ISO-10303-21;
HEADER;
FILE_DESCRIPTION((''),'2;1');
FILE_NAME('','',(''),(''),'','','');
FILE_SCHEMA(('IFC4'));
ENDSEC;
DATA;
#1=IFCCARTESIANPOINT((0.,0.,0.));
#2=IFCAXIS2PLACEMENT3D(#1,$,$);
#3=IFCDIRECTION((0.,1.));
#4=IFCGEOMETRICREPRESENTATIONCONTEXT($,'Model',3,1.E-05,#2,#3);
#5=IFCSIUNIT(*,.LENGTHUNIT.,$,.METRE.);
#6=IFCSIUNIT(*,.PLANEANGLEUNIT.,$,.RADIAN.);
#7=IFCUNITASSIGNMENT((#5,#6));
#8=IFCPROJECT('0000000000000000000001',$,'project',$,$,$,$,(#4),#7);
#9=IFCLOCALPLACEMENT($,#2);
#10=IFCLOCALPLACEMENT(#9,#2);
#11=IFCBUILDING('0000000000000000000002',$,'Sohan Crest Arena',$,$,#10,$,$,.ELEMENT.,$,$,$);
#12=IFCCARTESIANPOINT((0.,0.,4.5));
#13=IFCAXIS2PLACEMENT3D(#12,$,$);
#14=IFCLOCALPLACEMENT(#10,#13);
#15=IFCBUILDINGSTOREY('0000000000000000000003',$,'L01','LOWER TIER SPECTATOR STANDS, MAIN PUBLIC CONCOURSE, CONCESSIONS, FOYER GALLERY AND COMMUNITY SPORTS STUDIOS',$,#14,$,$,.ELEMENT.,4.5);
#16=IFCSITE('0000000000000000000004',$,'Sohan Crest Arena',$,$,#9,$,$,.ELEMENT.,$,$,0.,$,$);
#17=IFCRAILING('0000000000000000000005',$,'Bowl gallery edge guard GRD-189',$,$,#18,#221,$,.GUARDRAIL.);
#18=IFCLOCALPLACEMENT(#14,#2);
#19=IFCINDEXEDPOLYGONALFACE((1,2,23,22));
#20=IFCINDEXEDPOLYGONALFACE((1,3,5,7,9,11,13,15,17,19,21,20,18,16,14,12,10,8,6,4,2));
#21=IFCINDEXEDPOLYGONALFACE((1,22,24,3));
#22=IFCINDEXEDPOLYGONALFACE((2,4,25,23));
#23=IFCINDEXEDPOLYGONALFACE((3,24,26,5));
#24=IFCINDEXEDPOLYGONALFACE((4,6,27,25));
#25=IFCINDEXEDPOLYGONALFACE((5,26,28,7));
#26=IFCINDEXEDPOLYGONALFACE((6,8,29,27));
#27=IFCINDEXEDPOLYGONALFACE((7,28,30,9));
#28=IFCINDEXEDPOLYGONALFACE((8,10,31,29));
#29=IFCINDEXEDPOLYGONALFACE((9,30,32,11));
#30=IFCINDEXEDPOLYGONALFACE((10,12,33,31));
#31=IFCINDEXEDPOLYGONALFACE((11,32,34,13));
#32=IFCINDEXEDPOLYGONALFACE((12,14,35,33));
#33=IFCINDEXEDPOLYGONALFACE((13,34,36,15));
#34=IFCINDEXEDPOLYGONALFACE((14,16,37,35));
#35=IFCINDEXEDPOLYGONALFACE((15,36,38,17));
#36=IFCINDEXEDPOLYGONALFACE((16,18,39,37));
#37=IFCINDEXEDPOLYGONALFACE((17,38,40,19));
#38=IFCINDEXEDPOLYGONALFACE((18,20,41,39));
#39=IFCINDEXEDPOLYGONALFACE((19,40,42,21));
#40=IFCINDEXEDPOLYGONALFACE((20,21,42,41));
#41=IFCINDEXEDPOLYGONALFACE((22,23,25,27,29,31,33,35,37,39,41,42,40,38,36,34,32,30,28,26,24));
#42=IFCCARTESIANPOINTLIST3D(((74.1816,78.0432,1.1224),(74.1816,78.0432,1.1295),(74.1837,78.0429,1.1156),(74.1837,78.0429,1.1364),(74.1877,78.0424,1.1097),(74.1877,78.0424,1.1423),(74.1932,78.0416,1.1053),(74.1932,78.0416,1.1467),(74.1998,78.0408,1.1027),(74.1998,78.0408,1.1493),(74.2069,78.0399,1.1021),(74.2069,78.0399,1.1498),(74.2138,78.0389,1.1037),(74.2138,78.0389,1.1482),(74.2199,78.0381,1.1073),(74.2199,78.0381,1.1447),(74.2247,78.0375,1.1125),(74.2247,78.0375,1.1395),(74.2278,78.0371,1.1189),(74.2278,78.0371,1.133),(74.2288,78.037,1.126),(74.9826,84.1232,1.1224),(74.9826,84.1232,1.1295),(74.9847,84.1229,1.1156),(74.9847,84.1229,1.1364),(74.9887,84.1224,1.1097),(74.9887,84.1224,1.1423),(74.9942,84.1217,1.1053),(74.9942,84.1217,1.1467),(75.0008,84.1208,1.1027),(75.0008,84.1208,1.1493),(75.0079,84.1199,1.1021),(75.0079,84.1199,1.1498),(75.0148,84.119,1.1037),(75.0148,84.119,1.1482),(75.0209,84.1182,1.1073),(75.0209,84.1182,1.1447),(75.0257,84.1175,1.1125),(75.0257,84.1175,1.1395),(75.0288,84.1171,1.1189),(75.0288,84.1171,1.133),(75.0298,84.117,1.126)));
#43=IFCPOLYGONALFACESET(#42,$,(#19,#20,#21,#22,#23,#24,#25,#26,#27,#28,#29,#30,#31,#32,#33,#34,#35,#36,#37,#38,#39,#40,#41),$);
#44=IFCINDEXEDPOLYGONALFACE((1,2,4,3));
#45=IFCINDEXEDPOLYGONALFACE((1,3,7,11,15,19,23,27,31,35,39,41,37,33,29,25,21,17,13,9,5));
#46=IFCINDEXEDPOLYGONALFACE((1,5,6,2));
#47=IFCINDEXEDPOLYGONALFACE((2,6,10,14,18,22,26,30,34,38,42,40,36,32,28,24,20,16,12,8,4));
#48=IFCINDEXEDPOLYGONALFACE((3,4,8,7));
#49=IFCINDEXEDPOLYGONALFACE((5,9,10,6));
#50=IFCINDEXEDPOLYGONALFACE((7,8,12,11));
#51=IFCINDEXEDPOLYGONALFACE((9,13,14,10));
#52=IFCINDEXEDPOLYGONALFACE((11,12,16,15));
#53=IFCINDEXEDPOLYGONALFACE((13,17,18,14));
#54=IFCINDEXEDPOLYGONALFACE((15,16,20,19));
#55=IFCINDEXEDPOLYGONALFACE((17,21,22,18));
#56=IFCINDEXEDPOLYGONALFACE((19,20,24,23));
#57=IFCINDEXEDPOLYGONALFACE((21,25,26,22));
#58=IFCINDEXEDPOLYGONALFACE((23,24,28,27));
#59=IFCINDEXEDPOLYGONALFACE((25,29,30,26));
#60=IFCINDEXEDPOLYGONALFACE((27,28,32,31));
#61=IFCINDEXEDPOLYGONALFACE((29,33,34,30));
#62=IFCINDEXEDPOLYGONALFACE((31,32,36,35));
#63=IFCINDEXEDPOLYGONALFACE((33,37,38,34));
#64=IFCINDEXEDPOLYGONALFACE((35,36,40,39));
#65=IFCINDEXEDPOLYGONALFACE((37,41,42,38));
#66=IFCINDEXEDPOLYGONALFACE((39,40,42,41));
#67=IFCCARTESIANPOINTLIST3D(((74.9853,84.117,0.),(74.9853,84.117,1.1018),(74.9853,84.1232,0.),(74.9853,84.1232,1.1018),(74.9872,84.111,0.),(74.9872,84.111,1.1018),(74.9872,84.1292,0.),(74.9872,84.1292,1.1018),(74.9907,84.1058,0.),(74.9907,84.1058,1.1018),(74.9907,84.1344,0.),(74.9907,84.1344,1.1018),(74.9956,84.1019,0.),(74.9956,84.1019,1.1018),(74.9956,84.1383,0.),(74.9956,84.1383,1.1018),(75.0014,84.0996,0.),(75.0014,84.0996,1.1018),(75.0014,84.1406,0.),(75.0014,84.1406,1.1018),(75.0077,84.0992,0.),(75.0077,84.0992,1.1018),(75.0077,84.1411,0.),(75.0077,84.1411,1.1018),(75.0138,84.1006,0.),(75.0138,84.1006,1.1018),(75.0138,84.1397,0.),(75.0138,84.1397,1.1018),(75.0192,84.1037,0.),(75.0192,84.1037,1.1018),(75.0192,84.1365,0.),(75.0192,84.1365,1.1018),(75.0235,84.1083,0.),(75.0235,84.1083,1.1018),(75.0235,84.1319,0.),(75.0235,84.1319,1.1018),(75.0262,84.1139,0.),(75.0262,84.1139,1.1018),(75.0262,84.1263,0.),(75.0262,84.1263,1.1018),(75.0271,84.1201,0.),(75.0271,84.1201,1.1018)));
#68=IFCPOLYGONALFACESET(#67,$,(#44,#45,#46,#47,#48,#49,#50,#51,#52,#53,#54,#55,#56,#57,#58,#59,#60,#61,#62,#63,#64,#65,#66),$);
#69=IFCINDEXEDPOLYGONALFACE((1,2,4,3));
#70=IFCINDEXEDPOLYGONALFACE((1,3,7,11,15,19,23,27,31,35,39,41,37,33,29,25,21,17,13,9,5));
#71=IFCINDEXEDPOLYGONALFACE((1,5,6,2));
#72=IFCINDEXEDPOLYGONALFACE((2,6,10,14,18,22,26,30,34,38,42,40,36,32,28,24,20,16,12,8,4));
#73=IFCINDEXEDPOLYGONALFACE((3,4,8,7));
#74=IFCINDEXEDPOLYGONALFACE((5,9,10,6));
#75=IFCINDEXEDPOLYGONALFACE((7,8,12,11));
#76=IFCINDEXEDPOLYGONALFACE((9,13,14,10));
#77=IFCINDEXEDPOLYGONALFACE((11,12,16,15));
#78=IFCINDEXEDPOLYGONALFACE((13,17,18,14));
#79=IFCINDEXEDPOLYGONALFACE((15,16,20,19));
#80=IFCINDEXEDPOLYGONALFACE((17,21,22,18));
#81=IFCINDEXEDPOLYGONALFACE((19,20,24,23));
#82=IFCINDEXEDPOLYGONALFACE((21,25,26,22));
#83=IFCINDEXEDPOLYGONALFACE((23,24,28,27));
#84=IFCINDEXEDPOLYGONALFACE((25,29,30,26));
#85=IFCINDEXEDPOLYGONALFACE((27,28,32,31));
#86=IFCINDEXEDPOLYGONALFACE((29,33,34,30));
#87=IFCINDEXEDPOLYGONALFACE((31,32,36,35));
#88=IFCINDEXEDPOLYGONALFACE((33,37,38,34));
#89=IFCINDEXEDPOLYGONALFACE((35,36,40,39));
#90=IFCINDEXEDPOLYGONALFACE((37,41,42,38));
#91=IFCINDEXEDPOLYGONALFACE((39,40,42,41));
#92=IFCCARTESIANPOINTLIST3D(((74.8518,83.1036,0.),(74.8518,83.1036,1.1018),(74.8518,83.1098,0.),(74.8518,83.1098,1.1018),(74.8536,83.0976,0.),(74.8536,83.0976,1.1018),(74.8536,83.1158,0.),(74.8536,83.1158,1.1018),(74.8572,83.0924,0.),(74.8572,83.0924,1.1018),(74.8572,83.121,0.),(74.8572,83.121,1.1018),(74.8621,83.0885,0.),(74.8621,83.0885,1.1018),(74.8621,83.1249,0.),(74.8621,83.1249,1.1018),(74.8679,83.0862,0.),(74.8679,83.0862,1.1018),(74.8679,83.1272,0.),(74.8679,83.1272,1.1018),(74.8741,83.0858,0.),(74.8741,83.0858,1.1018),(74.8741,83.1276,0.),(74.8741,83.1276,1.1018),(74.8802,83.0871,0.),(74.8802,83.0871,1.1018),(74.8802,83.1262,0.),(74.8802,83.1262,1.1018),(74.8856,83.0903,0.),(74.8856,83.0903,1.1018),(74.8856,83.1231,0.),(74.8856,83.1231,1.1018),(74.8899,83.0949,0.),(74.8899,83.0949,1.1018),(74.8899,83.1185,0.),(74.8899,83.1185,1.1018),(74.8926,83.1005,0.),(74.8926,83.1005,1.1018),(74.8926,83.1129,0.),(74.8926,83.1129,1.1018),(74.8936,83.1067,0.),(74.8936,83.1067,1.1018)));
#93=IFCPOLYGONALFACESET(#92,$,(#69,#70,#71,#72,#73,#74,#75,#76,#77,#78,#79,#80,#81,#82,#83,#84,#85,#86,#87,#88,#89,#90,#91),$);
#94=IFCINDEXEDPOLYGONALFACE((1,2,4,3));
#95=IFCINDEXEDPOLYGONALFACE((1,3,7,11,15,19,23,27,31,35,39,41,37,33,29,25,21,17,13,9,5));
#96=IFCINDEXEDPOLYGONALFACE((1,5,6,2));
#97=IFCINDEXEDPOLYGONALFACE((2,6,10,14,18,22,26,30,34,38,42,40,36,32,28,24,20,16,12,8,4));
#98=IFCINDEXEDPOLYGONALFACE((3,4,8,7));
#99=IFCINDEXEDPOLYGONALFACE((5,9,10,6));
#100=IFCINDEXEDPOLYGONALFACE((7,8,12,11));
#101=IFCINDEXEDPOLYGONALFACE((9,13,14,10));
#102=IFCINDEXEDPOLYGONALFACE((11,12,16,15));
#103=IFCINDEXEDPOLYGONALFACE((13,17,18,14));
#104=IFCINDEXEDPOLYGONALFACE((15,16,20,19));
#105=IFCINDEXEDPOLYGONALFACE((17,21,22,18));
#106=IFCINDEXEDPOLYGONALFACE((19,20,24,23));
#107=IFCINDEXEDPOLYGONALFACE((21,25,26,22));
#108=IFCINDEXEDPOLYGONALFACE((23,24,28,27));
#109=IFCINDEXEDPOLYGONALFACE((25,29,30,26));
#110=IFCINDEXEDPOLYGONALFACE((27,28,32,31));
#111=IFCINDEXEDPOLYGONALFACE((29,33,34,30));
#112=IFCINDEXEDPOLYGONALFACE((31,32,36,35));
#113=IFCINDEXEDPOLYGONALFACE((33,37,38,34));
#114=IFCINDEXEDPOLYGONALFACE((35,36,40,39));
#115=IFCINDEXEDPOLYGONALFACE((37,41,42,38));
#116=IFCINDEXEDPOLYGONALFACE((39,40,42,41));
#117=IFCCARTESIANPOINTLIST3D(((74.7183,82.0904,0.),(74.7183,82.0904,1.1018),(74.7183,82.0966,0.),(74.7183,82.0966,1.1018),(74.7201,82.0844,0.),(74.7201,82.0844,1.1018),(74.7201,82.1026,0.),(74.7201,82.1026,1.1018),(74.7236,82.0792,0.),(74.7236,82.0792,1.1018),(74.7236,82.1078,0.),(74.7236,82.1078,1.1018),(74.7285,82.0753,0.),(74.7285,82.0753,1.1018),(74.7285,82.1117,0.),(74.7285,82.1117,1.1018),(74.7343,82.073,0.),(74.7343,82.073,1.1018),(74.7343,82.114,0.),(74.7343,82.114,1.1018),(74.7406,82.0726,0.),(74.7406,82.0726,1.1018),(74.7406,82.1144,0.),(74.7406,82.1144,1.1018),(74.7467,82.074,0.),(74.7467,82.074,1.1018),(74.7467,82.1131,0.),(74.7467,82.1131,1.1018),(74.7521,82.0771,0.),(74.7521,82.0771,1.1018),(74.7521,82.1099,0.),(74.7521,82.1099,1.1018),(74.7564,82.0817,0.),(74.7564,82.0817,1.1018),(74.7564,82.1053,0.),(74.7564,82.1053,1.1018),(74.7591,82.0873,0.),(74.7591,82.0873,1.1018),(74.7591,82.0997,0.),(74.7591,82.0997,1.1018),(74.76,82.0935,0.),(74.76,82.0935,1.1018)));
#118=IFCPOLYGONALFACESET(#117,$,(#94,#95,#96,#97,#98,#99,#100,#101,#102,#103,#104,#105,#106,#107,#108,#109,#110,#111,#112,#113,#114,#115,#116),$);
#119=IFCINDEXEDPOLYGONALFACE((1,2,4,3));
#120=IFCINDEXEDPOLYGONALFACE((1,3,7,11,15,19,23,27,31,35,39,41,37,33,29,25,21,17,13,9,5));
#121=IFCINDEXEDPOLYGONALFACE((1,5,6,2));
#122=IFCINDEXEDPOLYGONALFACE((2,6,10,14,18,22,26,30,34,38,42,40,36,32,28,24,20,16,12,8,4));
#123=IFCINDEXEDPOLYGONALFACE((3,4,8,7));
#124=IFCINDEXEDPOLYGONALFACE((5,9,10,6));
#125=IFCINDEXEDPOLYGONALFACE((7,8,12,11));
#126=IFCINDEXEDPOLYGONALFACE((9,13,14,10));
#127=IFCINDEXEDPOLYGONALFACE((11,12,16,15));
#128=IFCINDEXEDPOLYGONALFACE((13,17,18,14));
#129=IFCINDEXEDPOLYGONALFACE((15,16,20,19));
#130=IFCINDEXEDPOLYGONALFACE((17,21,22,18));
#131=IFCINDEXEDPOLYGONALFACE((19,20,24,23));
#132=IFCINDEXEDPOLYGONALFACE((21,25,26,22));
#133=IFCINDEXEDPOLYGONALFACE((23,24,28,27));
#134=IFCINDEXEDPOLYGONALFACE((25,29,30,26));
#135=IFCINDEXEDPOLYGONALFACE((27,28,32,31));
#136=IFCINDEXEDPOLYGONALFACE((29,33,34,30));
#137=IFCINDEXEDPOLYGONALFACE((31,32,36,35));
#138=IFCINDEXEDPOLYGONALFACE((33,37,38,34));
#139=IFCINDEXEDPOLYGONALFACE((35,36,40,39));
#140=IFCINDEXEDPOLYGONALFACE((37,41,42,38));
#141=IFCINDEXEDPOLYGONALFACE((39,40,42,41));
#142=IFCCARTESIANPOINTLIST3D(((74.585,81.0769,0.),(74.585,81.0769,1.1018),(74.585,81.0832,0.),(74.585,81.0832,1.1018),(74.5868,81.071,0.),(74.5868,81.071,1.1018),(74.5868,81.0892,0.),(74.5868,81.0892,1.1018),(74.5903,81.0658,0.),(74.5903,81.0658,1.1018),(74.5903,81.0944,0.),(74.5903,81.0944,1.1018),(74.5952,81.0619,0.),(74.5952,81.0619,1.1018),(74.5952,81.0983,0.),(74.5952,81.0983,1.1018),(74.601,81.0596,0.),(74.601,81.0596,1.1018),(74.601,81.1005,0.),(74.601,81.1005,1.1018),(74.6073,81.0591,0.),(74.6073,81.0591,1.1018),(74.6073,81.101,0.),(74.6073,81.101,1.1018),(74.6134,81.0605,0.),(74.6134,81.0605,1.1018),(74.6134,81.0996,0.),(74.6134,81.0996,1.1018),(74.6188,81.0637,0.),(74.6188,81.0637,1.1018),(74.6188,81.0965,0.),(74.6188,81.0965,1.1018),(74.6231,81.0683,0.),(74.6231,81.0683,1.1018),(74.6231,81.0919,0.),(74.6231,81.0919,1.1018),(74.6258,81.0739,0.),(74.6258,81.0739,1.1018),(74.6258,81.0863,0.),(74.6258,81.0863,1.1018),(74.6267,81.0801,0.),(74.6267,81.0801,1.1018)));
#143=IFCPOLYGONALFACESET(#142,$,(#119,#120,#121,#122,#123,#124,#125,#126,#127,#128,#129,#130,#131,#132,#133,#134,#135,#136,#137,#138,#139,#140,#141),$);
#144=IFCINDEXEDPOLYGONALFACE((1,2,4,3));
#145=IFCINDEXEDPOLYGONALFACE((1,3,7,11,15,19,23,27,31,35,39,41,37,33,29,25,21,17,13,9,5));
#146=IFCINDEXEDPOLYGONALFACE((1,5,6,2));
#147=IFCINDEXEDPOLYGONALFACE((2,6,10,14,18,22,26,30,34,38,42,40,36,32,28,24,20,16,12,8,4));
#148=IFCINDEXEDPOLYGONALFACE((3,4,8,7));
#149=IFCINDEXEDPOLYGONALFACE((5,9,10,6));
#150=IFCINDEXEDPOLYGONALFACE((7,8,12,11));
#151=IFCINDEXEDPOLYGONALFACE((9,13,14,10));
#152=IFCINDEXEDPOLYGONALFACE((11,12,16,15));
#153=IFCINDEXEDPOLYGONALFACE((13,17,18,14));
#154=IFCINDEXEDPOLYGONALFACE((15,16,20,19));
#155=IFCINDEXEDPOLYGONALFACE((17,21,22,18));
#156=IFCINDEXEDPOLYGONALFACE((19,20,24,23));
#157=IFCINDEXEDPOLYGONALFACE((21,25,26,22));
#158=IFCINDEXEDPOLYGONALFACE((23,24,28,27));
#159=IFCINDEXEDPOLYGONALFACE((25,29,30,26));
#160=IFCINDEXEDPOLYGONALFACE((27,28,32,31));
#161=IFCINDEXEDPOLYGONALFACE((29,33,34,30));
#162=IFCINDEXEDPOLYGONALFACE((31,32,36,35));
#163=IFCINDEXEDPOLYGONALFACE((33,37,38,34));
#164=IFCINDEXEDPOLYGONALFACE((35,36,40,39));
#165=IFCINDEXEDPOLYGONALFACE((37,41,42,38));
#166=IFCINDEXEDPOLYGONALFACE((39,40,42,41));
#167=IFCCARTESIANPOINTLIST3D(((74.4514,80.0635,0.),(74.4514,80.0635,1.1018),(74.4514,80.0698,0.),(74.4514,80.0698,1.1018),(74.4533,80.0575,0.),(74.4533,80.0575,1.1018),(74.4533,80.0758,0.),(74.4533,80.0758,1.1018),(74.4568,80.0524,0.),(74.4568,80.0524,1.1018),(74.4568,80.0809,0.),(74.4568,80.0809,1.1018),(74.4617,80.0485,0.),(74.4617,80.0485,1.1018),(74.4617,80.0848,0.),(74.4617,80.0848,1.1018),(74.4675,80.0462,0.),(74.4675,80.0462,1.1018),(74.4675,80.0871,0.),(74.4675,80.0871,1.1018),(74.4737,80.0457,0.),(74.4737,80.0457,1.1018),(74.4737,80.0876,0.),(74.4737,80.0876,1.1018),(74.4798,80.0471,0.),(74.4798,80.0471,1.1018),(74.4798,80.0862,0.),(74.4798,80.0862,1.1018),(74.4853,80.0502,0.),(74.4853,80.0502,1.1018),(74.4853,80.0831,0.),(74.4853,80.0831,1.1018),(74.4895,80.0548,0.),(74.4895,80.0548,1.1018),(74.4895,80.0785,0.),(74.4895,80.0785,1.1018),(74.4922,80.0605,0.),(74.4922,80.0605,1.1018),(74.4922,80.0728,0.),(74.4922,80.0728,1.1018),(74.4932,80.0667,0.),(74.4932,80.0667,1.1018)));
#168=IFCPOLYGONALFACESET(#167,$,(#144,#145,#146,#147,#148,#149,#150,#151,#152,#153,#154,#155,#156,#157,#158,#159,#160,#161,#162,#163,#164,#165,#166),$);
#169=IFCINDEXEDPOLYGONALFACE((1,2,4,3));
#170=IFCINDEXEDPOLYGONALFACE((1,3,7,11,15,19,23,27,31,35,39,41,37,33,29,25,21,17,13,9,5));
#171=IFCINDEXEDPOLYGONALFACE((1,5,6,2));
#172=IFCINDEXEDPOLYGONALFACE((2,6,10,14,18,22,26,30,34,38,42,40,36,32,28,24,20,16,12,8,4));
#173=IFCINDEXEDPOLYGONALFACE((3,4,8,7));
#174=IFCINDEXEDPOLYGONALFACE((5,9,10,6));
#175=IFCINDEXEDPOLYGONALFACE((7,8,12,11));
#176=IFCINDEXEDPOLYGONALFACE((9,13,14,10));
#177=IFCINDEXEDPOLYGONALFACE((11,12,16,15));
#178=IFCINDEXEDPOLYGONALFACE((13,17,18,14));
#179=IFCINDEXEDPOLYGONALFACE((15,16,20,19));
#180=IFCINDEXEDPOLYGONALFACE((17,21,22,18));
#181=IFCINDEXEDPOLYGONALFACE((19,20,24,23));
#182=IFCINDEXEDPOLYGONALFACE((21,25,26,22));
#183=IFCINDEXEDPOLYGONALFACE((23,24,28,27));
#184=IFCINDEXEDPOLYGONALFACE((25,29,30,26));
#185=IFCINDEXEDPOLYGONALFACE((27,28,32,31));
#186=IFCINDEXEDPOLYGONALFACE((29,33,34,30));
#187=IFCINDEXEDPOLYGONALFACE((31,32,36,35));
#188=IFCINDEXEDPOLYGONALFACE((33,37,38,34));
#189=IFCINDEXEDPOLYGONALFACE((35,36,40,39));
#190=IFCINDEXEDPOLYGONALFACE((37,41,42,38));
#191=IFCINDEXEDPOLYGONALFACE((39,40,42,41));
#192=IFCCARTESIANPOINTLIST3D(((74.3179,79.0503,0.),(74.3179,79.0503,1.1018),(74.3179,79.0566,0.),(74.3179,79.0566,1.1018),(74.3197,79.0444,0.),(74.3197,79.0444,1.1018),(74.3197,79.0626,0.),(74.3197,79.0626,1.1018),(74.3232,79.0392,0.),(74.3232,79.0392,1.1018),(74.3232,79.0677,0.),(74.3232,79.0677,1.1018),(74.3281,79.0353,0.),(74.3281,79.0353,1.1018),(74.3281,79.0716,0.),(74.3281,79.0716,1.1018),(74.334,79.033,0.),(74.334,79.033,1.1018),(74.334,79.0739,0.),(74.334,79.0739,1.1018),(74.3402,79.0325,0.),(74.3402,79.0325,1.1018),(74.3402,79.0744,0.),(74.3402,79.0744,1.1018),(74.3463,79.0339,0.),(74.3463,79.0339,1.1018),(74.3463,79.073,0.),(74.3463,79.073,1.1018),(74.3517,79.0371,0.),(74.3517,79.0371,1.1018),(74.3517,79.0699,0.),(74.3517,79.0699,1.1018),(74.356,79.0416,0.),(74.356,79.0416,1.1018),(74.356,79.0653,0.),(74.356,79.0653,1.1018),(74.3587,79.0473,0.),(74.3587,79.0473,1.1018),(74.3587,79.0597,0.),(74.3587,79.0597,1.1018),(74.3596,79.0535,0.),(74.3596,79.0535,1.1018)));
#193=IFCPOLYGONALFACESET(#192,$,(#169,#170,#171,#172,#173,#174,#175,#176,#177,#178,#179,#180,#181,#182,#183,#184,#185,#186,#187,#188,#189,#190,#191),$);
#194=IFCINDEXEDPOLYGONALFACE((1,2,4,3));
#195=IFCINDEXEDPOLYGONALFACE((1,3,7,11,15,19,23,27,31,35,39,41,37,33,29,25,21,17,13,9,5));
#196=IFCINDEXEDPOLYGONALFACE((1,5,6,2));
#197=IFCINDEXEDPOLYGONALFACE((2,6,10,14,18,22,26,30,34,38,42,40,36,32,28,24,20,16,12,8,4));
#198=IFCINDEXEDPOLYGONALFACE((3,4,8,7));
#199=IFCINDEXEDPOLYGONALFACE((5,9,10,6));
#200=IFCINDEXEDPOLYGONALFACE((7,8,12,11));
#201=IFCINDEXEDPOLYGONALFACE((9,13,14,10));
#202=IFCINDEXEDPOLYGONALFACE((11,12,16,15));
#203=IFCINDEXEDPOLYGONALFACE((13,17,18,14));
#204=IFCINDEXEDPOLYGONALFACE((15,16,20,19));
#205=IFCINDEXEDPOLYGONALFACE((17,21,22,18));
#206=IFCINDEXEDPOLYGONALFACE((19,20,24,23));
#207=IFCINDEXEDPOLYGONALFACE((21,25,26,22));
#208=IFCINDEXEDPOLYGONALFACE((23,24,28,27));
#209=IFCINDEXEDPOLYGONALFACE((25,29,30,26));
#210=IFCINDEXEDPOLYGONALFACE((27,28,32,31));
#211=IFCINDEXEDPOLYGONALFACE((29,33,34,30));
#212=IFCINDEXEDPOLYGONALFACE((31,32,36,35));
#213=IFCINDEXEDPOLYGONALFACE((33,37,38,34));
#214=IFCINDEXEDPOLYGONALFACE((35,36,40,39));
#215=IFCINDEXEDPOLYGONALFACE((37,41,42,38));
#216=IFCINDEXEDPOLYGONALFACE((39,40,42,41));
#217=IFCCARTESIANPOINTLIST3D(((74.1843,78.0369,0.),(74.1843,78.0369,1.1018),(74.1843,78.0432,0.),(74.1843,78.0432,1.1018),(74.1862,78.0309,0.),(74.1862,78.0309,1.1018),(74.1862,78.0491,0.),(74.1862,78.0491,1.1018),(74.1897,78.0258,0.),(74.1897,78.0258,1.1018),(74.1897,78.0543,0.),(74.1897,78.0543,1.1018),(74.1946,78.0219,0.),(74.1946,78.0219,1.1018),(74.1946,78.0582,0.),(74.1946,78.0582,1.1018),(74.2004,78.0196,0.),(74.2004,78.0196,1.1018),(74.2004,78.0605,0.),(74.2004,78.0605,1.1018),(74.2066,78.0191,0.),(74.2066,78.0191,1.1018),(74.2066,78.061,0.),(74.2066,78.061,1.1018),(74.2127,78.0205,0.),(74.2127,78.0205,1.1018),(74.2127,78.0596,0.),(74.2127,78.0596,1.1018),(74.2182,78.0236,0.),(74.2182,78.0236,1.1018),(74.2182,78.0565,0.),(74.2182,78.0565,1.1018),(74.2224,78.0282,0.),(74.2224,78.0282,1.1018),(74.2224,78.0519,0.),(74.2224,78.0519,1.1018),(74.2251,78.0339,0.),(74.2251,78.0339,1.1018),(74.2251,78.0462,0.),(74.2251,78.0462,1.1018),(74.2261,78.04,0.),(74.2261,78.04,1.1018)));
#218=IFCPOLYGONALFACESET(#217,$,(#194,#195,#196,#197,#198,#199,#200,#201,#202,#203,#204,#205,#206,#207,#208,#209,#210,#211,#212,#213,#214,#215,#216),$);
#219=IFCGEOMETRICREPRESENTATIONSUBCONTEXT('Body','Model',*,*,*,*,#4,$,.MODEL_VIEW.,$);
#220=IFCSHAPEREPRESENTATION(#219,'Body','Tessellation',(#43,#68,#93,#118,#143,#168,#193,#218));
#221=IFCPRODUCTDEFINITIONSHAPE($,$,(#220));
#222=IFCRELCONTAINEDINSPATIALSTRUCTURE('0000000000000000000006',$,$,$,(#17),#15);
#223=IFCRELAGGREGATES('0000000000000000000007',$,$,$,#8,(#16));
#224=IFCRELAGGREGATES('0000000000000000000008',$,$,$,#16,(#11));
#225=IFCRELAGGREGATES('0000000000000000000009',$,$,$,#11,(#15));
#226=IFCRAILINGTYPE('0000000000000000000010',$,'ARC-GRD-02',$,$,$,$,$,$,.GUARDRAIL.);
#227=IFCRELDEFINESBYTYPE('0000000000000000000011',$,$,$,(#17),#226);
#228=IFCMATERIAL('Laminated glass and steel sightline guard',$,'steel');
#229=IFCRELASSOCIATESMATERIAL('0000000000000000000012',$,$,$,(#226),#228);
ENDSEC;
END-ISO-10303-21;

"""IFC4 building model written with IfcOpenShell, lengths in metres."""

from ifc_helpers import new_model, si_unit, direction, frame, origin, origin_2d, place, context, subcontext, project, spatial, circle, extrude, material, type_object, element, save


model = new_model("IFC4")

# Units and contexts
model_context = context("Model", 3, precision=1e-05, world=origin(), true_north=direction((0.0, 1.0)))
body_context = subcontext(model_context, "Body", "Model", "MODEL_VIEW")
ifc_project = project(units=[si_unit("LENGTHUNIT", "METRE"), si_unit("PLANEANGLEUNIT", "RADIAN")], contexts=[model_context])

# Site, building, storey
site_placement = place(None, origin())
site = spatial("IfcSite", under=ifc_project, at=site_placement, Name="Sohan Crest Arena", CompositionType="ELEMENT", RefElevation=0.0)
building_placement = place(site_placement, origin())
building = spatial("IfcBuilding", under=site, at=building_placement, Name="Sohan Crest Arena", CompositionType="ELEMENT")
storey_placement = place(building_placement, frame((0.0, 0.0, 4.5)))
storey = spatial("IfcBuildingStorey", under=building, at=storey_placement, Name="L01", Description="LOWER TIER SPECTATOR STANDS, MAIN PUBLIC CONCOURSE, CONCESSIONS, FOYER GALLERY AND COMMUNITY SPORTS STUDIOS", CompositionType="ELEMENT", Elevation=4.5)

# Railing
ifc_material_1 = material(Name="Laminated glass and steel sightline guard", Category="steel")
railing_type = type_object("IfcRailingType", Name="ARC-GRD-02", PredefinedType="GUARDRAIL", material=ifc_material_1)
railing_placement = place(storey_placement, frame((75.0061, 84.1201, 0.0)))
element("IfcRailing", 1, at=railing_placement, inside=storey, type_object=railing_type, Name="Bowl gallery edge guard GRD-189", PredefinedType="GUARDRAIL", context=body_context, shape_type="SweptSolid", body=[
    extrude(circle(Radius=0.0239, at=origin_2d()), frame((0.0, 0.0, 1.126), z_axis=(-0.130617, -0.991433, 0.0), x_axis=(0.991433, -0.130617, 0.0)), (0.0, 0.0, 1.0), 6.1326),
    extrude(circle(Radius=0.021, at=origin_2d()), origin(), (0.0, 0.0, 1.0), 1.1018),
    extrude(circle(Radius=0.021, at=origin_2d()), frame((-0.1335, -1.0134, 0.0)), (0.0, 0.0, 1.0), 1.1018),
    extrude(circle(Radius=0.021, at=origin_2d()), frame((-0.2671, -2.0266, 0.0)), (0.0, 0.0, 1.0), 1.1018),
    extrude(circle(Radius=0.021, at=origin_2d()), frame((-0.4004, -3.04, 0.0)), (0.0, 0.0, 1.0), 1.1018),
    extrude(circle(Radius=0.021, at=origin_2d()), frame((-0.5339, -4.0535, 0.0)), (0.0, 0.0, 1.0), 1.1018),
    extrude(circle(Radius=0.021, at=origin_2d()), frame((-0.6675, -5.0667, 0.0)), (0.0, 0.0, 1.0), 1.1018),
    extrude(circle(Radius=0.021, at=origin_2d()), frame((-0.801, -6.0801, 0.0)), (0.0, 0.0, 1.0), 1.1018),
])

save(model, "model.ifc")
